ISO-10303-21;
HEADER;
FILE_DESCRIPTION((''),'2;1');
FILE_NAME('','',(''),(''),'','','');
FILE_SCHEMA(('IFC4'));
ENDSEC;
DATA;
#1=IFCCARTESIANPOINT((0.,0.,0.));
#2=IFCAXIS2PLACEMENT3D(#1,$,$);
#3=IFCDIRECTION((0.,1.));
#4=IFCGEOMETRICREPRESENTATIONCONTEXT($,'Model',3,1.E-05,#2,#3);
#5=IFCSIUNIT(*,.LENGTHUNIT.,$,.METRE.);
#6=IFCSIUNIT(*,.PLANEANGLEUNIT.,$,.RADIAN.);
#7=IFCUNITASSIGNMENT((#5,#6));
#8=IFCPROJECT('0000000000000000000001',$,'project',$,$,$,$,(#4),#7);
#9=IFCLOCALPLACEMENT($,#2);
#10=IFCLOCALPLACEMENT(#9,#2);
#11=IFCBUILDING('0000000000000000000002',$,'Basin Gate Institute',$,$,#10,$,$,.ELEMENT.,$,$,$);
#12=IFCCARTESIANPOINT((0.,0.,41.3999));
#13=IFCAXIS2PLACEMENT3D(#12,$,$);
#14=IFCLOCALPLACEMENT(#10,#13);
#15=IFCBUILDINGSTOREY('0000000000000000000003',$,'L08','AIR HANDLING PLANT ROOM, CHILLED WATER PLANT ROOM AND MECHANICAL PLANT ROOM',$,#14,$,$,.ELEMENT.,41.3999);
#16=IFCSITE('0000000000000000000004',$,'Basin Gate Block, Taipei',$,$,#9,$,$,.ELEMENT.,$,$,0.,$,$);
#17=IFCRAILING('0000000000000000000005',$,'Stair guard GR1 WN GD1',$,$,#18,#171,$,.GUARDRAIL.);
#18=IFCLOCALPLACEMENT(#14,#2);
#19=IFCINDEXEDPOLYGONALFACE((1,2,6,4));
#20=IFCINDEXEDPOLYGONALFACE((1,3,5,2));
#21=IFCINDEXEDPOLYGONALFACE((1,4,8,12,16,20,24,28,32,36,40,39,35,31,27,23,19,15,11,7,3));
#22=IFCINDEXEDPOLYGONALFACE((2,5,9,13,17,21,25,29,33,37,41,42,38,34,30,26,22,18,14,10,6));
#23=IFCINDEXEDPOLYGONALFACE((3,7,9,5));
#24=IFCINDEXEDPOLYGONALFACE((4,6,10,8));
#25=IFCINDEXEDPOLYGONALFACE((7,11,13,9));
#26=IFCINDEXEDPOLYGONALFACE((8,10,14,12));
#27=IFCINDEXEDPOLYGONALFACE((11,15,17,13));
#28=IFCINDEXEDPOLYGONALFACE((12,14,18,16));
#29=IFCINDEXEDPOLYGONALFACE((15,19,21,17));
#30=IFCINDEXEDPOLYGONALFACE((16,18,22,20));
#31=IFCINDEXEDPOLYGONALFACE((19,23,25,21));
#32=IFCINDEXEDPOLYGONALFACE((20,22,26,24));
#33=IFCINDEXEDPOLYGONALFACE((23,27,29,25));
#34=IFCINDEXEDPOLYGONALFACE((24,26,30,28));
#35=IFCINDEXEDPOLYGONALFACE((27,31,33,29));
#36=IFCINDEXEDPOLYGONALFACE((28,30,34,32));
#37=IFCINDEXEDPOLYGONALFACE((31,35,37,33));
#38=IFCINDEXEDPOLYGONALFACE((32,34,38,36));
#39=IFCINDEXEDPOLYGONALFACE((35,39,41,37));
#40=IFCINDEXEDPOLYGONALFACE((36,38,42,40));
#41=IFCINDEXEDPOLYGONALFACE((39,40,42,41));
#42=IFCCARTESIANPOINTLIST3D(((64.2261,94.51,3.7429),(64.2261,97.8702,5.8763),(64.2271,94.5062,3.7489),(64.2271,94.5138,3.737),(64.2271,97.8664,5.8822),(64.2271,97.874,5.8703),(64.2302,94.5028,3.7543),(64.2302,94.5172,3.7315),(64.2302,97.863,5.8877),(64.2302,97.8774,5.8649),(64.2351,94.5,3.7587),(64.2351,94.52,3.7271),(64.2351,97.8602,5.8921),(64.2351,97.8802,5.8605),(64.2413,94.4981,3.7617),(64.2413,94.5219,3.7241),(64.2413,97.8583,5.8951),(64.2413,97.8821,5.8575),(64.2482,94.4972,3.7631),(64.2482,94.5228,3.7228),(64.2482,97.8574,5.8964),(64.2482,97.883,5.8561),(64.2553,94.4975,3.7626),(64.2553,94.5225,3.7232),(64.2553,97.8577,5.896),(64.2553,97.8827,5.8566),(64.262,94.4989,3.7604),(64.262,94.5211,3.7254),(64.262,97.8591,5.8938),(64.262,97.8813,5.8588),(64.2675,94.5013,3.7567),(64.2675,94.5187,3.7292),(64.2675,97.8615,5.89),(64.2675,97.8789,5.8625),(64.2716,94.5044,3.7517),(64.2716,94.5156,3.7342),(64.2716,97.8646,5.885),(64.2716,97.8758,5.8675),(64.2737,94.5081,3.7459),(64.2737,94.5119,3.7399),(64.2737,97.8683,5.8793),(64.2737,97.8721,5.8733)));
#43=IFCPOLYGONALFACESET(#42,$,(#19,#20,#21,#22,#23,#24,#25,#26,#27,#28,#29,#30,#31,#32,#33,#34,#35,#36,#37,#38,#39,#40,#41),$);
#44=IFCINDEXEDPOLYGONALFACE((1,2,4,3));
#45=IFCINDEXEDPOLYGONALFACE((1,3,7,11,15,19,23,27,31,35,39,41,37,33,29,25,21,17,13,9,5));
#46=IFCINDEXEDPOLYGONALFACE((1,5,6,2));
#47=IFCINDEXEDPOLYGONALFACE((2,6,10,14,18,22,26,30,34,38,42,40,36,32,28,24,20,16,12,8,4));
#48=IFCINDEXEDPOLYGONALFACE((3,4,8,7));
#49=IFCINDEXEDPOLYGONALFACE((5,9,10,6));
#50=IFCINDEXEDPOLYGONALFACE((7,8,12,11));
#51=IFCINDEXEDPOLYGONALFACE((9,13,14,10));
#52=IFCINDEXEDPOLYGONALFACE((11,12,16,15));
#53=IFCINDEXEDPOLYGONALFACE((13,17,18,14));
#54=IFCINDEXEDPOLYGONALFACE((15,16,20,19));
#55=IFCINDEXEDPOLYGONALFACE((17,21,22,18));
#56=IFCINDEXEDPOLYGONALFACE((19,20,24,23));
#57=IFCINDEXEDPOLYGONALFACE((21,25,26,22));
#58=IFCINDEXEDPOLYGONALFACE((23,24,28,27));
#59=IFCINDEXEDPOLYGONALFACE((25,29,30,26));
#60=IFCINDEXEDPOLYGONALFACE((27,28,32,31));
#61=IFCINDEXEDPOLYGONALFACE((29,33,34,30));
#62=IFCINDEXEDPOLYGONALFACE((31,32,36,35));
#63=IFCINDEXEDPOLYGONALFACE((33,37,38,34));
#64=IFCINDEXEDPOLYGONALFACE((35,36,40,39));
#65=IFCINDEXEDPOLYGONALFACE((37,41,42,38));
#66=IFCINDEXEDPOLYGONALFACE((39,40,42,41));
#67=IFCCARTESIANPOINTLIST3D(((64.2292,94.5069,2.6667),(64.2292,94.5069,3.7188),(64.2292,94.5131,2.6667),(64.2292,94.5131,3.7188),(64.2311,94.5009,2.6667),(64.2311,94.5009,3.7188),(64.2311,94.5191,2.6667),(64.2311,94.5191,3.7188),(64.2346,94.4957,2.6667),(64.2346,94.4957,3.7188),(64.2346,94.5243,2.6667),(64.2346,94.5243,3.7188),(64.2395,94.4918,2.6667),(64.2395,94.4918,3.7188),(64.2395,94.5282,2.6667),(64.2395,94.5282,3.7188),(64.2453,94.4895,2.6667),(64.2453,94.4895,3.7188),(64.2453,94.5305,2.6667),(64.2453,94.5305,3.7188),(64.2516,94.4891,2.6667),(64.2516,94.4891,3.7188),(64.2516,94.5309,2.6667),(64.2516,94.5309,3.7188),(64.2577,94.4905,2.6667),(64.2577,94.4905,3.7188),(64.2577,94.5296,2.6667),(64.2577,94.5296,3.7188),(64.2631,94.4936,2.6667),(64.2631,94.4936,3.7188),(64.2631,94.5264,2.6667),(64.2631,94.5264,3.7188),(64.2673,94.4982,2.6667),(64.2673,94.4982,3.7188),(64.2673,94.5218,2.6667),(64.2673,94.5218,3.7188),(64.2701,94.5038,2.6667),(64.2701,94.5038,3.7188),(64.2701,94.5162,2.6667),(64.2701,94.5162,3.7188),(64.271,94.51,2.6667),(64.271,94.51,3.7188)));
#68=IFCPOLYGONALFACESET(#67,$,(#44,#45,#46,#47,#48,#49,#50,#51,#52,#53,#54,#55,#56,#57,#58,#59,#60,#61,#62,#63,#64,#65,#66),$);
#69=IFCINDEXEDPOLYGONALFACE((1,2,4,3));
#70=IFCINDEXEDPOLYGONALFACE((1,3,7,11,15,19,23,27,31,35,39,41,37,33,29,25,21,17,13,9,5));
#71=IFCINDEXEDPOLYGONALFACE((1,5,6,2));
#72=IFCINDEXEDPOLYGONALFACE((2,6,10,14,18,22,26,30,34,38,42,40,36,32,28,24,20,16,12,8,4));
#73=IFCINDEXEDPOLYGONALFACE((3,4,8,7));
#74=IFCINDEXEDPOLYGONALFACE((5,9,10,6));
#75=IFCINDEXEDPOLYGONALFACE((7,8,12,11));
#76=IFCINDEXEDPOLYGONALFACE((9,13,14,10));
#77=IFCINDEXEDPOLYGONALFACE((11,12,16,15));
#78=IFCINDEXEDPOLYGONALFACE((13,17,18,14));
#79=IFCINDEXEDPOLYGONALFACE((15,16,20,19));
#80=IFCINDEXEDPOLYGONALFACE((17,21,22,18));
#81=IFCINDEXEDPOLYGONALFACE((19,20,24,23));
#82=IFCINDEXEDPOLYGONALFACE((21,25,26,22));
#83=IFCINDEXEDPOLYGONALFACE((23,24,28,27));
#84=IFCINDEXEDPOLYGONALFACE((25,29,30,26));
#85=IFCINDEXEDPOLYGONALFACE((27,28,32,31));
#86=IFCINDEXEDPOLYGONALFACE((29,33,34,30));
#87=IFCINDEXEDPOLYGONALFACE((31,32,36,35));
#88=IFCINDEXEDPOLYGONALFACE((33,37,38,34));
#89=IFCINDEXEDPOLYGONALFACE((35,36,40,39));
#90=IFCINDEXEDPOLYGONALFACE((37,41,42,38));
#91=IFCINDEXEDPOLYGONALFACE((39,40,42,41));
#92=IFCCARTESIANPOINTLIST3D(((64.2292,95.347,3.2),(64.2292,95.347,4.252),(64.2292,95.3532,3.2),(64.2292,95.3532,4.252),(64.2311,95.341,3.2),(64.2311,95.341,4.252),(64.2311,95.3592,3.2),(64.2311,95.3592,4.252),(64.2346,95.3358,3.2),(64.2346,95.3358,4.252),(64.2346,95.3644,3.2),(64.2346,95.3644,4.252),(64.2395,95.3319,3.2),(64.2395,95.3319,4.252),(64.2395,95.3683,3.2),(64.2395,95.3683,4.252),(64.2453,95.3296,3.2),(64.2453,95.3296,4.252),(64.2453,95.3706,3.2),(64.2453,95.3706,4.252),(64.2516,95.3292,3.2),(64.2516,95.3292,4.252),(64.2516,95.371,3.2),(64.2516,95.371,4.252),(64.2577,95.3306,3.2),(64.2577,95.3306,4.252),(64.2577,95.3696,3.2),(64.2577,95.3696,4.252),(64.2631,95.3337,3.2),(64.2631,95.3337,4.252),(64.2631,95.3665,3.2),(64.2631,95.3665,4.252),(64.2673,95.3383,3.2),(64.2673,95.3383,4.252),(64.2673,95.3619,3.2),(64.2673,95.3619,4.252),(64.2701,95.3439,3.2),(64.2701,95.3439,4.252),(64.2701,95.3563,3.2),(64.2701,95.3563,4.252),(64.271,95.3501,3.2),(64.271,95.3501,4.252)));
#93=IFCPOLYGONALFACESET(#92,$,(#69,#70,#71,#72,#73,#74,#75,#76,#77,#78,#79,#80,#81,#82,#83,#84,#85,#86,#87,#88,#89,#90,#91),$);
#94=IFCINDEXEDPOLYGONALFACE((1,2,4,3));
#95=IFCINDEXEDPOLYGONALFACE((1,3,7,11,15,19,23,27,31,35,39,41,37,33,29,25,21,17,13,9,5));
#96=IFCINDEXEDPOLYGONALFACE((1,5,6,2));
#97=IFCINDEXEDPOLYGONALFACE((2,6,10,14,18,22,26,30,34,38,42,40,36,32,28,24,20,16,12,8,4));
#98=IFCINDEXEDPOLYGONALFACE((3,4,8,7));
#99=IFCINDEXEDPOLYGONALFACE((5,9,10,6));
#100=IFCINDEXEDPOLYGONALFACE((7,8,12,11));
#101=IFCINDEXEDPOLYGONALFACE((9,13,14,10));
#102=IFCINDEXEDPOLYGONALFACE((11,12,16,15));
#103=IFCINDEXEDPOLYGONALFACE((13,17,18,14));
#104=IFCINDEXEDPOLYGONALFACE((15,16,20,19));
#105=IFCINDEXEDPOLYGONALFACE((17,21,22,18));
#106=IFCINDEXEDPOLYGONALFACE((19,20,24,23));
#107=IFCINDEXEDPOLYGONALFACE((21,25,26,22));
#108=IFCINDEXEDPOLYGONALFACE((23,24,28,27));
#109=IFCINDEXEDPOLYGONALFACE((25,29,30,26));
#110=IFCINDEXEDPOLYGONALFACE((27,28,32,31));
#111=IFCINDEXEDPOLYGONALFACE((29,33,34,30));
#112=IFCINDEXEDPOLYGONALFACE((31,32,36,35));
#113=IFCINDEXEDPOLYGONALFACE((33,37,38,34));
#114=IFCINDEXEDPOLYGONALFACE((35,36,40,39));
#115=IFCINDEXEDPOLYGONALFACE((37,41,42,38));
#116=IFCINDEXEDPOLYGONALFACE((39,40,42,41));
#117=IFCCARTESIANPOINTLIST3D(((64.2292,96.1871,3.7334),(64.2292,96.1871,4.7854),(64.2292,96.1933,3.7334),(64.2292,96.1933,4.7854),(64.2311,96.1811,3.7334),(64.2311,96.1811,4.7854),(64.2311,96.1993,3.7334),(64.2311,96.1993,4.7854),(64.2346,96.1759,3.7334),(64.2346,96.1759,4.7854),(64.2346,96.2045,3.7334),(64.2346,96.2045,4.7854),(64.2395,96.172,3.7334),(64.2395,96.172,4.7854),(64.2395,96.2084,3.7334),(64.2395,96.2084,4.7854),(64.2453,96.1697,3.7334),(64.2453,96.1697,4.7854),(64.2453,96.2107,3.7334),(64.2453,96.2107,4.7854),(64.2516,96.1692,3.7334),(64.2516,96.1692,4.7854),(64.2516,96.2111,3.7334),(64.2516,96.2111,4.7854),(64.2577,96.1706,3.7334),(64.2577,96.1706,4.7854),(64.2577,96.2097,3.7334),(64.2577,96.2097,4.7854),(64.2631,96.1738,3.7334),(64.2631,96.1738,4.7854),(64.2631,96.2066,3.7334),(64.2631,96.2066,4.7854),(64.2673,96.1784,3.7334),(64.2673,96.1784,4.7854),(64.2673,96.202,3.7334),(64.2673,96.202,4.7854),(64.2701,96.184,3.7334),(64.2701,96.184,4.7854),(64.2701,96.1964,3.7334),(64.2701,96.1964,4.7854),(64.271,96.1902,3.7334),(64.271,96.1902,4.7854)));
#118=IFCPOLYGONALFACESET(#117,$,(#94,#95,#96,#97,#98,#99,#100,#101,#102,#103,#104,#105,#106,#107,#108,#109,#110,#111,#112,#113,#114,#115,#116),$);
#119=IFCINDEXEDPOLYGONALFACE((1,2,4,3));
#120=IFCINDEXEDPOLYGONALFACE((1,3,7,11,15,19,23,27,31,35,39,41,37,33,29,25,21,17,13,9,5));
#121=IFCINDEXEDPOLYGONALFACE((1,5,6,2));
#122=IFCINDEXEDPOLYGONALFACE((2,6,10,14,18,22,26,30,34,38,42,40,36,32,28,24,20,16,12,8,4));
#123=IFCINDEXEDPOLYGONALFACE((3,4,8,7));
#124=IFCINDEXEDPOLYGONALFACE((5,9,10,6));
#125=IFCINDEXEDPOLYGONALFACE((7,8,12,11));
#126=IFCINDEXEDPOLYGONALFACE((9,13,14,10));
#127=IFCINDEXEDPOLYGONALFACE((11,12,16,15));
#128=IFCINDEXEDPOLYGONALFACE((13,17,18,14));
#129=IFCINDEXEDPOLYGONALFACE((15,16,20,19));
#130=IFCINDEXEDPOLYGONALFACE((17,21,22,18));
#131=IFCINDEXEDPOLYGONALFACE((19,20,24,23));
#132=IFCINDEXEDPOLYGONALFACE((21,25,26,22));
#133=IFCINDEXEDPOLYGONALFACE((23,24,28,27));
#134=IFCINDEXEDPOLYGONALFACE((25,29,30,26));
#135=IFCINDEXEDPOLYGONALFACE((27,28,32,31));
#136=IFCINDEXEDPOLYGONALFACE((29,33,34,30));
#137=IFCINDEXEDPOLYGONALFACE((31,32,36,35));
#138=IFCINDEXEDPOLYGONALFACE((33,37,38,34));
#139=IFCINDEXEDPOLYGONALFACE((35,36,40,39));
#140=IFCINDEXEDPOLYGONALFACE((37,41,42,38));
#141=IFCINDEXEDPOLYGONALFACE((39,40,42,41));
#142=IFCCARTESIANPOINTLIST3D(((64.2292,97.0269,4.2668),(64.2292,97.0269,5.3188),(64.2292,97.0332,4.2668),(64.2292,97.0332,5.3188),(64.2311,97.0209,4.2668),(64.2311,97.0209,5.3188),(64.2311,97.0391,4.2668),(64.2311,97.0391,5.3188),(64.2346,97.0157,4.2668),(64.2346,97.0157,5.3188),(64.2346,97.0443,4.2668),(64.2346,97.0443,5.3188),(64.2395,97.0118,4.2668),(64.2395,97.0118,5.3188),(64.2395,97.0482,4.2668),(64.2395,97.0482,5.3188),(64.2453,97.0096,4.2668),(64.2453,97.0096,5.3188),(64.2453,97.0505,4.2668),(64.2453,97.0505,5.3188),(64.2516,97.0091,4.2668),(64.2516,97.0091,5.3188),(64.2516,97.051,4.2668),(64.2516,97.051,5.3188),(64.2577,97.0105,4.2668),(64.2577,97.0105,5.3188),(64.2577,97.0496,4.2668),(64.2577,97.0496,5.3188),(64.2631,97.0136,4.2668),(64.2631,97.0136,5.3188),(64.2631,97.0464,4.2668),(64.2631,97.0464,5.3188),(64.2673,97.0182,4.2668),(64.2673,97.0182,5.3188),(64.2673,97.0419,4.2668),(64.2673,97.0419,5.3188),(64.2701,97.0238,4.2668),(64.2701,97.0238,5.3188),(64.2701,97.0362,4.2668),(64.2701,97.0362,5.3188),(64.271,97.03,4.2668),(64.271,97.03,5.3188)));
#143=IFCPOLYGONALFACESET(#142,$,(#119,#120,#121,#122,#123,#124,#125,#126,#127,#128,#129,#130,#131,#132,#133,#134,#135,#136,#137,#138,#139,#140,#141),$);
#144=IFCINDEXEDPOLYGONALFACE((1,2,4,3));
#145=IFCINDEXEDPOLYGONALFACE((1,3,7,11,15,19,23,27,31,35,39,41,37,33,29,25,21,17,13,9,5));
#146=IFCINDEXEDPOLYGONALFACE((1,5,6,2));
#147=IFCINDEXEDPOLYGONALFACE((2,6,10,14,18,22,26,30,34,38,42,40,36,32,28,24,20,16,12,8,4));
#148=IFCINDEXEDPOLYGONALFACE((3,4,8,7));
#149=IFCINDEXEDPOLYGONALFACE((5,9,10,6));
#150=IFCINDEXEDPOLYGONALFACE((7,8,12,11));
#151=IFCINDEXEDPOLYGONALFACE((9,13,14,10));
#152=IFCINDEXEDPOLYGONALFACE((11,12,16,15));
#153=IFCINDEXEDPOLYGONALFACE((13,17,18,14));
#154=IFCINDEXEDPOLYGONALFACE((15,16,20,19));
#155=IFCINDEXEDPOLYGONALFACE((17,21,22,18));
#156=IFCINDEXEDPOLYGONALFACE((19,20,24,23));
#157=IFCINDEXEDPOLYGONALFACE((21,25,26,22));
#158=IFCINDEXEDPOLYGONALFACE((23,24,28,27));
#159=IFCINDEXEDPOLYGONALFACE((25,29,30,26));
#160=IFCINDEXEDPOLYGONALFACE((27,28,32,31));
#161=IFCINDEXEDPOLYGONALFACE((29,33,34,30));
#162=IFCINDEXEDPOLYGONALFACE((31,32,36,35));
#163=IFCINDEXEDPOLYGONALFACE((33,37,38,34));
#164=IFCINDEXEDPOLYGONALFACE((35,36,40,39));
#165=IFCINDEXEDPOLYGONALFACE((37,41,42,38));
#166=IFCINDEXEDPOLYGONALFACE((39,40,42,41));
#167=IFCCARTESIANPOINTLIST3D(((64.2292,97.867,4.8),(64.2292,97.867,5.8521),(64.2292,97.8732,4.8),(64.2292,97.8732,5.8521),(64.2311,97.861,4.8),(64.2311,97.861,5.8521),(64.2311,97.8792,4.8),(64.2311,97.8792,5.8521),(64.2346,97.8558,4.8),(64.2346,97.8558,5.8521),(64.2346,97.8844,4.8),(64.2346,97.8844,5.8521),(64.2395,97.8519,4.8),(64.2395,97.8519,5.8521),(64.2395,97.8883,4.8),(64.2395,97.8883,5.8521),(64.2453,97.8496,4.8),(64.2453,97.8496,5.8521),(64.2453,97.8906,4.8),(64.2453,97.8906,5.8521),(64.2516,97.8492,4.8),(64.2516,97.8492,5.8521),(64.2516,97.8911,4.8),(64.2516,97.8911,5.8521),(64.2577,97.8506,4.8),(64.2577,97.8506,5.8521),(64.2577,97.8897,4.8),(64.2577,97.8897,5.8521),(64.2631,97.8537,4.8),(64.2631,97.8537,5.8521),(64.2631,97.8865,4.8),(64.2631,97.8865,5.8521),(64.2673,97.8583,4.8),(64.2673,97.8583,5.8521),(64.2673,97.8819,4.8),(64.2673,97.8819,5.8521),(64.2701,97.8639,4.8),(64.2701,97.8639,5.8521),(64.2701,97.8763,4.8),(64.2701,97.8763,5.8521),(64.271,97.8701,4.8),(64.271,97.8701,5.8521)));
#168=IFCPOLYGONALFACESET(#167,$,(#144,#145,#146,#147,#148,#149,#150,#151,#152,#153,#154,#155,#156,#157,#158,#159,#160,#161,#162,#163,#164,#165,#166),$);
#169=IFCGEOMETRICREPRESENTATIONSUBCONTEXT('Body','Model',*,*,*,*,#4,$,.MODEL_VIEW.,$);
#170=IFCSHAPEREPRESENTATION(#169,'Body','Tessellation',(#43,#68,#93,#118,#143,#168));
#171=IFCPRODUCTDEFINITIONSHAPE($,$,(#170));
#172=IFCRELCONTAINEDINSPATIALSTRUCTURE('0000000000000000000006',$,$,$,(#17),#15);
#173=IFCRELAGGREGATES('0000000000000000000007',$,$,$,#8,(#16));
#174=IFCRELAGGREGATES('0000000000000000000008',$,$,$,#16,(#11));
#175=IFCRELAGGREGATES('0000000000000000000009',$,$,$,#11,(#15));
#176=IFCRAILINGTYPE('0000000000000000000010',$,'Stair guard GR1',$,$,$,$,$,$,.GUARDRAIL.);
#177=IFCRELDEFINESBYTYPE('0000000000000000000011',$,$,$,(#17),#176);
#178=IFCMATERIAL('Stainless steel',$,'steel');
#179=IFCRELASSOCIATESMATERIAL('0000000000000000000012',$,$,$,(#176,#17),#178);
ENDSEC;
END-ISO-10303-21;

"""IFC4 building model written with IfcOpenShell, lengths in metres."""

from ifc_helpers import new_model, si_unit, direction, frame, origin, origin_2d, place, context, subcontext, project, spatial, circle, extrude, material, type_object, element, save


model = new_model("IFC4")

# Units and contexts
model_context = context("Model", 3, precision=1e-05, world=origin(), true_north=direction((0.0, 1.0)))
body_context = subcontext(model_context, "Body", "Model", "MODEL_VIEW")
ifc_project = project(units=[si_unit("LENGTHUNIT", "METRE"), si_unit("PLANEANGLEUNIT", "RADIAN")], contexts=[model_context])

# Site, building, storey
site_placement = place(None, origin())
site = spatial("IfcSite", under=ifc_project, at=site_placement, Name="Basin Gate Block, Taipei", CompositionType="ELEMENT", RefElevation=0.0)
building_placement = place(site_placement, origin())
building = spatial("IfcBuilding", under=site, at=building_placement, Name="Basin Gate Institute", CompositionType="ELEMENT")
storey_placement = place(building_placement, frame((0.0, 0.0, 41.3999)))
storey = spatial("IfcBuildingStorey", under=building, at=storey_placement, Name="L08", Description="AIR HANDLING PLANT ROOM, CHILLED WATER PLANT ROOM AND MECHANICAL PLANT ROOM", CompositionType="ELEMENT", Elevation=41.3999)

# Railing
ifc_material_1 = material(Name="Stainless steel", Category="steel")
railing_type_1 = type_object("IfcRailingType", Name="Stair guard GR1", PredefinedType="GUARDRAIL", material=ifc_material_1)
railing_1_placement = place(storey_placement, frame((64.25, 94.51, 2.6667)))
element("IfcRailing", 1, at=railing_1_placement, inside=storey, type_object=railing_type_1, material=ifc_material_1, Name="Stair guard GR1 WN GD1", PredefinedType="GUARDRAIL", context=body_context, shape_type="SweptSolid", body=[
    extrude(circle(Radius=0.0239, at=origin_2d()), frame((0.0, 0.0, 1.0762), z_axis=(0.0, 0.844224, 0.53599), x_axis=(-1.0, 0.0, 0.0)), (0.0, 0.0, 1.0), 3.9802),
    extrude(circle(Radius=0.021, at=origin_2d()), origin(), (0.0, 0.0, 1.0), 1.052),
    extrude(circle(Radius=0.021, at=origin_2d()), frame((0.0, 0.8401, 0.5332)), (0.0, 0.0, 1.0), 1.052),
    extrude(circle(Radius=0.021, at=origin_2d()), frame((0.0, 1.6802, 1.0667)), (0.0, 0.0, 1.0), 1.052),
    extrude(circle(Radius=0.021, at=origin_2d()), frame((0.0, 2.52, 1.6001)), (0.0, 0.0, 1.0), 1.052),
    extrude(circle(Radius=0.021, at=origin_2d()), frame((0.0, 3.3601, 2.1333)), (0.0, 0.0, 1.0), 1.052),
])

save(model, "model.ifc")
